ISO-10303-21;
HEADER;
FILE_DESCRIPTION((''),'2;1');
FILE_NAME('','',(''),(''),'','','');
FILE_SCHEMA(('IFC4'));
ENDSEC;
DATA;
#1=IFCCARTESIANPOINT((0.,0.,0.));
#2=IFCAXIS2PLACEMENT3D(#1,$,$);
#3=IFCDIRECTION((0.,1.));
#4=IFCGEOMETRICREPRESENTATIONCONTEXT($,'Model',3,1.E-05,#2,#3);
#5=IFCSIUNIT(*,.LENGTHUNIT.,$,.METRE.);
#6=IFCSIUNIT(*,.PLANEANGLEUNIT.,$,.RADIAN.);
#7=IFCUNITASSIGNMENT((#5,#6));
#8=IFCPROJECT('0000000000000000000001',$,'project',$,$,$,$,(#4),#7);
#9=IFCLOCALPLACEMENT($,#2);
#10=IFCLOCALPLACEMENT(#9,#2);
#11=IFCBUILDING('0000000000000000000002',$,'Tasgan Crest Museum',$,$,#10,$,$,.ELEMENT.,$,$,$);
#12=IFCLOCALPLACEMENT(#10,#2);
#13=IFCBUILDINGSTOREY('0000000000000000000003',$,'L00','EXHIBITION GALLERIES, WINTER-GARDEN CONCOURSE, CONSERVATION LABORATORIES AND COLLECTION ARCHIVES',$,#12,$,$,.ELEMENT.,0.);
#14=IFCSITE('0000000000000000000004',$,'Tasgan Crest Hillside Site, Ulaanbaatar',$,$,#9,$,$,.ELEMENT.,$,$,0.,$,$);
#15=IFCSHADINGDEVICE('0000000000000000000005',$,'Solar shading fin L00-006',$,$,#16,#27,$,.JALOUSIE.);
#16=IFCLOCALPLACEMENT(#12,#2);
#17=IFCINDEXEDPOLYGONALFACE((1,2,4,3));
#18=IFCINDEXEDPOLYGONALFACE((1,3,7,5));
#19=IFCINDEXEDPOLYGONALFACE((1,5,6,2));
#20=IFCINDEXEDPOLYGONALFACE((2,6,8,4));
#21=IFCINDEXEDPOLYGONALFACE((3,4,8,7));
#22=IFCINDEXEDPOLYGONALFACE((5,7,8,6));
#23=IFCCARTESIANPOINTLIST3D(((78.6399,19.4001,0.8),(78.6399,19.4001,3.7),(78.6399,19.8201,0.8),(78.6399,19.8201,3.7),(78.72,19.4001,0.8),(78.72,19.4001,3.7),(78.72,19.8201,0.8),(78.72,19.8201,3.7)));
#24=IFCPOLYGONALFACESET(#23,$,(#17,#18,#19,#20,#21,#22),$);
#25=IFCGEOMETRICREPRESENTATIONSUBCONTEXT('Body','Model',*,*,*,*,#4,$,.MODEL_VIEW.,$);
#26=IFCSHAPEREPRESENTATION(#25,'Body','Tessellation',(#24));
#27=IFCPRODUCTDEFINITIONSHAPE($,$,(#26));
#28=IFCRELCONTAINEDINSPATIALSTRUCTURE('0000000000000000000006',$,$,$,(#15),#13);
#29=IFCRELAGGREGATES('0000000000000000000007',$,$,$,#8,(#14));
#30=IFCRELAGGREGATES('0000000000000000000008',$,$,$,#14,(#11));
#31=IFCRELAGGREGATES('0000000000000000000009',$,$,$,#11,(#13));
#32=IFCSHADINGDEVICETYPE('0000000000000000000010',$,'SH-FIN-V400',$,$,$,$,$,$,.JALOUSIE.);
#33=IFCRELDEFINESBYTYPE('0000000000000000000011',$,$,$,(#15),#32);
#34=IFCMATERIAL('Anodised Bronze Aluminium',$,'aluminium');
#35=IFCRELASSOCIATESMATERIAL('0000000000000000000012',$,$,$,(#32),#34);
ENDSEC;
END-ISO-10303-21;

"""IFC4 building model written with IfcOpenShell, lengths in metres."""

from ifc_helpers import new_model, si_unit, direction, frame, origin, origin_2d, place, context, subcontext, project, spatial, rectangle, extrude, material, type_object, element, save


model = new_model("IFC4")

# Units and contexts
model_context = context("Model", 3, precision=1e-05, world=origin(), true_north=direction((0.0, 1.0)))
body_context = subcontext(model_context, "Body", "Model", "MODEL_VIEW")
ifc_project = project(units=[si_unit("LENGTHUNIT", "METRE"), si_unit("PLANEANGLEUNIT", "RADIAN")], contexts=[model_context])

# Site, building, storey
site_placement = place(None, origin())
site = spatial("IfcSite", under=ifc_project, at=site_placement, Name="Tasgan Crest Hillside Site, Ulaanbaatar", CompositionType="ELEMENT", RefElevation=0.0)
building_placement = place(site_placement, origin())
building = spatial("IfcBuilding", under=site, at=building_placement, Name="Tasgan Crest Museum", CompositionType="ELEMENT")
storey_placement = place(building_placement, origin())
storey = spatial("IfcBuildingStorey", under=building, at=storey_placement, Name="L00", Description="EXHIBITION GALLERIES, WINTER-GARDEN CONCOURSE, CONSERVATION LABORATORIES AND COLLECTION ARCHIVES", CompositionType="ELEMENT", Elevation=0.0)

# Shading device
ifc_material_1 = material(Name="Anodised Bronze Aluminium", Category="aluminium")
shading_device_type_1 = type_object("IfcShadingDeviceType", Name="SH-FIN-V400", PredefinedType="JALOUSIE", material=ifc_material_1)
shading_device_1_placement = place(storey_placement, frame((78.6799, 19.6101, 0.8), z_axis=(0.0, 0.0, 1.0), x_axis=(1.0, 0.0, 0.0)))
element("IfcShadingDevice", 1, at=shading_device_1_placement, inside=storey, type_object=shading_device_type_1, Name="Solar shading fin L00-006", PredefinedType="JALOUSIE", context=body_context, shape_type="SweptSolid", body=[
    extrude(rectangle(XDim=0.0801, YDim=0.4199, at=origin_2d()), origin(), (0.0, 0.0, 1.0), 2.8999),
])

save(model, "model.ifc")
